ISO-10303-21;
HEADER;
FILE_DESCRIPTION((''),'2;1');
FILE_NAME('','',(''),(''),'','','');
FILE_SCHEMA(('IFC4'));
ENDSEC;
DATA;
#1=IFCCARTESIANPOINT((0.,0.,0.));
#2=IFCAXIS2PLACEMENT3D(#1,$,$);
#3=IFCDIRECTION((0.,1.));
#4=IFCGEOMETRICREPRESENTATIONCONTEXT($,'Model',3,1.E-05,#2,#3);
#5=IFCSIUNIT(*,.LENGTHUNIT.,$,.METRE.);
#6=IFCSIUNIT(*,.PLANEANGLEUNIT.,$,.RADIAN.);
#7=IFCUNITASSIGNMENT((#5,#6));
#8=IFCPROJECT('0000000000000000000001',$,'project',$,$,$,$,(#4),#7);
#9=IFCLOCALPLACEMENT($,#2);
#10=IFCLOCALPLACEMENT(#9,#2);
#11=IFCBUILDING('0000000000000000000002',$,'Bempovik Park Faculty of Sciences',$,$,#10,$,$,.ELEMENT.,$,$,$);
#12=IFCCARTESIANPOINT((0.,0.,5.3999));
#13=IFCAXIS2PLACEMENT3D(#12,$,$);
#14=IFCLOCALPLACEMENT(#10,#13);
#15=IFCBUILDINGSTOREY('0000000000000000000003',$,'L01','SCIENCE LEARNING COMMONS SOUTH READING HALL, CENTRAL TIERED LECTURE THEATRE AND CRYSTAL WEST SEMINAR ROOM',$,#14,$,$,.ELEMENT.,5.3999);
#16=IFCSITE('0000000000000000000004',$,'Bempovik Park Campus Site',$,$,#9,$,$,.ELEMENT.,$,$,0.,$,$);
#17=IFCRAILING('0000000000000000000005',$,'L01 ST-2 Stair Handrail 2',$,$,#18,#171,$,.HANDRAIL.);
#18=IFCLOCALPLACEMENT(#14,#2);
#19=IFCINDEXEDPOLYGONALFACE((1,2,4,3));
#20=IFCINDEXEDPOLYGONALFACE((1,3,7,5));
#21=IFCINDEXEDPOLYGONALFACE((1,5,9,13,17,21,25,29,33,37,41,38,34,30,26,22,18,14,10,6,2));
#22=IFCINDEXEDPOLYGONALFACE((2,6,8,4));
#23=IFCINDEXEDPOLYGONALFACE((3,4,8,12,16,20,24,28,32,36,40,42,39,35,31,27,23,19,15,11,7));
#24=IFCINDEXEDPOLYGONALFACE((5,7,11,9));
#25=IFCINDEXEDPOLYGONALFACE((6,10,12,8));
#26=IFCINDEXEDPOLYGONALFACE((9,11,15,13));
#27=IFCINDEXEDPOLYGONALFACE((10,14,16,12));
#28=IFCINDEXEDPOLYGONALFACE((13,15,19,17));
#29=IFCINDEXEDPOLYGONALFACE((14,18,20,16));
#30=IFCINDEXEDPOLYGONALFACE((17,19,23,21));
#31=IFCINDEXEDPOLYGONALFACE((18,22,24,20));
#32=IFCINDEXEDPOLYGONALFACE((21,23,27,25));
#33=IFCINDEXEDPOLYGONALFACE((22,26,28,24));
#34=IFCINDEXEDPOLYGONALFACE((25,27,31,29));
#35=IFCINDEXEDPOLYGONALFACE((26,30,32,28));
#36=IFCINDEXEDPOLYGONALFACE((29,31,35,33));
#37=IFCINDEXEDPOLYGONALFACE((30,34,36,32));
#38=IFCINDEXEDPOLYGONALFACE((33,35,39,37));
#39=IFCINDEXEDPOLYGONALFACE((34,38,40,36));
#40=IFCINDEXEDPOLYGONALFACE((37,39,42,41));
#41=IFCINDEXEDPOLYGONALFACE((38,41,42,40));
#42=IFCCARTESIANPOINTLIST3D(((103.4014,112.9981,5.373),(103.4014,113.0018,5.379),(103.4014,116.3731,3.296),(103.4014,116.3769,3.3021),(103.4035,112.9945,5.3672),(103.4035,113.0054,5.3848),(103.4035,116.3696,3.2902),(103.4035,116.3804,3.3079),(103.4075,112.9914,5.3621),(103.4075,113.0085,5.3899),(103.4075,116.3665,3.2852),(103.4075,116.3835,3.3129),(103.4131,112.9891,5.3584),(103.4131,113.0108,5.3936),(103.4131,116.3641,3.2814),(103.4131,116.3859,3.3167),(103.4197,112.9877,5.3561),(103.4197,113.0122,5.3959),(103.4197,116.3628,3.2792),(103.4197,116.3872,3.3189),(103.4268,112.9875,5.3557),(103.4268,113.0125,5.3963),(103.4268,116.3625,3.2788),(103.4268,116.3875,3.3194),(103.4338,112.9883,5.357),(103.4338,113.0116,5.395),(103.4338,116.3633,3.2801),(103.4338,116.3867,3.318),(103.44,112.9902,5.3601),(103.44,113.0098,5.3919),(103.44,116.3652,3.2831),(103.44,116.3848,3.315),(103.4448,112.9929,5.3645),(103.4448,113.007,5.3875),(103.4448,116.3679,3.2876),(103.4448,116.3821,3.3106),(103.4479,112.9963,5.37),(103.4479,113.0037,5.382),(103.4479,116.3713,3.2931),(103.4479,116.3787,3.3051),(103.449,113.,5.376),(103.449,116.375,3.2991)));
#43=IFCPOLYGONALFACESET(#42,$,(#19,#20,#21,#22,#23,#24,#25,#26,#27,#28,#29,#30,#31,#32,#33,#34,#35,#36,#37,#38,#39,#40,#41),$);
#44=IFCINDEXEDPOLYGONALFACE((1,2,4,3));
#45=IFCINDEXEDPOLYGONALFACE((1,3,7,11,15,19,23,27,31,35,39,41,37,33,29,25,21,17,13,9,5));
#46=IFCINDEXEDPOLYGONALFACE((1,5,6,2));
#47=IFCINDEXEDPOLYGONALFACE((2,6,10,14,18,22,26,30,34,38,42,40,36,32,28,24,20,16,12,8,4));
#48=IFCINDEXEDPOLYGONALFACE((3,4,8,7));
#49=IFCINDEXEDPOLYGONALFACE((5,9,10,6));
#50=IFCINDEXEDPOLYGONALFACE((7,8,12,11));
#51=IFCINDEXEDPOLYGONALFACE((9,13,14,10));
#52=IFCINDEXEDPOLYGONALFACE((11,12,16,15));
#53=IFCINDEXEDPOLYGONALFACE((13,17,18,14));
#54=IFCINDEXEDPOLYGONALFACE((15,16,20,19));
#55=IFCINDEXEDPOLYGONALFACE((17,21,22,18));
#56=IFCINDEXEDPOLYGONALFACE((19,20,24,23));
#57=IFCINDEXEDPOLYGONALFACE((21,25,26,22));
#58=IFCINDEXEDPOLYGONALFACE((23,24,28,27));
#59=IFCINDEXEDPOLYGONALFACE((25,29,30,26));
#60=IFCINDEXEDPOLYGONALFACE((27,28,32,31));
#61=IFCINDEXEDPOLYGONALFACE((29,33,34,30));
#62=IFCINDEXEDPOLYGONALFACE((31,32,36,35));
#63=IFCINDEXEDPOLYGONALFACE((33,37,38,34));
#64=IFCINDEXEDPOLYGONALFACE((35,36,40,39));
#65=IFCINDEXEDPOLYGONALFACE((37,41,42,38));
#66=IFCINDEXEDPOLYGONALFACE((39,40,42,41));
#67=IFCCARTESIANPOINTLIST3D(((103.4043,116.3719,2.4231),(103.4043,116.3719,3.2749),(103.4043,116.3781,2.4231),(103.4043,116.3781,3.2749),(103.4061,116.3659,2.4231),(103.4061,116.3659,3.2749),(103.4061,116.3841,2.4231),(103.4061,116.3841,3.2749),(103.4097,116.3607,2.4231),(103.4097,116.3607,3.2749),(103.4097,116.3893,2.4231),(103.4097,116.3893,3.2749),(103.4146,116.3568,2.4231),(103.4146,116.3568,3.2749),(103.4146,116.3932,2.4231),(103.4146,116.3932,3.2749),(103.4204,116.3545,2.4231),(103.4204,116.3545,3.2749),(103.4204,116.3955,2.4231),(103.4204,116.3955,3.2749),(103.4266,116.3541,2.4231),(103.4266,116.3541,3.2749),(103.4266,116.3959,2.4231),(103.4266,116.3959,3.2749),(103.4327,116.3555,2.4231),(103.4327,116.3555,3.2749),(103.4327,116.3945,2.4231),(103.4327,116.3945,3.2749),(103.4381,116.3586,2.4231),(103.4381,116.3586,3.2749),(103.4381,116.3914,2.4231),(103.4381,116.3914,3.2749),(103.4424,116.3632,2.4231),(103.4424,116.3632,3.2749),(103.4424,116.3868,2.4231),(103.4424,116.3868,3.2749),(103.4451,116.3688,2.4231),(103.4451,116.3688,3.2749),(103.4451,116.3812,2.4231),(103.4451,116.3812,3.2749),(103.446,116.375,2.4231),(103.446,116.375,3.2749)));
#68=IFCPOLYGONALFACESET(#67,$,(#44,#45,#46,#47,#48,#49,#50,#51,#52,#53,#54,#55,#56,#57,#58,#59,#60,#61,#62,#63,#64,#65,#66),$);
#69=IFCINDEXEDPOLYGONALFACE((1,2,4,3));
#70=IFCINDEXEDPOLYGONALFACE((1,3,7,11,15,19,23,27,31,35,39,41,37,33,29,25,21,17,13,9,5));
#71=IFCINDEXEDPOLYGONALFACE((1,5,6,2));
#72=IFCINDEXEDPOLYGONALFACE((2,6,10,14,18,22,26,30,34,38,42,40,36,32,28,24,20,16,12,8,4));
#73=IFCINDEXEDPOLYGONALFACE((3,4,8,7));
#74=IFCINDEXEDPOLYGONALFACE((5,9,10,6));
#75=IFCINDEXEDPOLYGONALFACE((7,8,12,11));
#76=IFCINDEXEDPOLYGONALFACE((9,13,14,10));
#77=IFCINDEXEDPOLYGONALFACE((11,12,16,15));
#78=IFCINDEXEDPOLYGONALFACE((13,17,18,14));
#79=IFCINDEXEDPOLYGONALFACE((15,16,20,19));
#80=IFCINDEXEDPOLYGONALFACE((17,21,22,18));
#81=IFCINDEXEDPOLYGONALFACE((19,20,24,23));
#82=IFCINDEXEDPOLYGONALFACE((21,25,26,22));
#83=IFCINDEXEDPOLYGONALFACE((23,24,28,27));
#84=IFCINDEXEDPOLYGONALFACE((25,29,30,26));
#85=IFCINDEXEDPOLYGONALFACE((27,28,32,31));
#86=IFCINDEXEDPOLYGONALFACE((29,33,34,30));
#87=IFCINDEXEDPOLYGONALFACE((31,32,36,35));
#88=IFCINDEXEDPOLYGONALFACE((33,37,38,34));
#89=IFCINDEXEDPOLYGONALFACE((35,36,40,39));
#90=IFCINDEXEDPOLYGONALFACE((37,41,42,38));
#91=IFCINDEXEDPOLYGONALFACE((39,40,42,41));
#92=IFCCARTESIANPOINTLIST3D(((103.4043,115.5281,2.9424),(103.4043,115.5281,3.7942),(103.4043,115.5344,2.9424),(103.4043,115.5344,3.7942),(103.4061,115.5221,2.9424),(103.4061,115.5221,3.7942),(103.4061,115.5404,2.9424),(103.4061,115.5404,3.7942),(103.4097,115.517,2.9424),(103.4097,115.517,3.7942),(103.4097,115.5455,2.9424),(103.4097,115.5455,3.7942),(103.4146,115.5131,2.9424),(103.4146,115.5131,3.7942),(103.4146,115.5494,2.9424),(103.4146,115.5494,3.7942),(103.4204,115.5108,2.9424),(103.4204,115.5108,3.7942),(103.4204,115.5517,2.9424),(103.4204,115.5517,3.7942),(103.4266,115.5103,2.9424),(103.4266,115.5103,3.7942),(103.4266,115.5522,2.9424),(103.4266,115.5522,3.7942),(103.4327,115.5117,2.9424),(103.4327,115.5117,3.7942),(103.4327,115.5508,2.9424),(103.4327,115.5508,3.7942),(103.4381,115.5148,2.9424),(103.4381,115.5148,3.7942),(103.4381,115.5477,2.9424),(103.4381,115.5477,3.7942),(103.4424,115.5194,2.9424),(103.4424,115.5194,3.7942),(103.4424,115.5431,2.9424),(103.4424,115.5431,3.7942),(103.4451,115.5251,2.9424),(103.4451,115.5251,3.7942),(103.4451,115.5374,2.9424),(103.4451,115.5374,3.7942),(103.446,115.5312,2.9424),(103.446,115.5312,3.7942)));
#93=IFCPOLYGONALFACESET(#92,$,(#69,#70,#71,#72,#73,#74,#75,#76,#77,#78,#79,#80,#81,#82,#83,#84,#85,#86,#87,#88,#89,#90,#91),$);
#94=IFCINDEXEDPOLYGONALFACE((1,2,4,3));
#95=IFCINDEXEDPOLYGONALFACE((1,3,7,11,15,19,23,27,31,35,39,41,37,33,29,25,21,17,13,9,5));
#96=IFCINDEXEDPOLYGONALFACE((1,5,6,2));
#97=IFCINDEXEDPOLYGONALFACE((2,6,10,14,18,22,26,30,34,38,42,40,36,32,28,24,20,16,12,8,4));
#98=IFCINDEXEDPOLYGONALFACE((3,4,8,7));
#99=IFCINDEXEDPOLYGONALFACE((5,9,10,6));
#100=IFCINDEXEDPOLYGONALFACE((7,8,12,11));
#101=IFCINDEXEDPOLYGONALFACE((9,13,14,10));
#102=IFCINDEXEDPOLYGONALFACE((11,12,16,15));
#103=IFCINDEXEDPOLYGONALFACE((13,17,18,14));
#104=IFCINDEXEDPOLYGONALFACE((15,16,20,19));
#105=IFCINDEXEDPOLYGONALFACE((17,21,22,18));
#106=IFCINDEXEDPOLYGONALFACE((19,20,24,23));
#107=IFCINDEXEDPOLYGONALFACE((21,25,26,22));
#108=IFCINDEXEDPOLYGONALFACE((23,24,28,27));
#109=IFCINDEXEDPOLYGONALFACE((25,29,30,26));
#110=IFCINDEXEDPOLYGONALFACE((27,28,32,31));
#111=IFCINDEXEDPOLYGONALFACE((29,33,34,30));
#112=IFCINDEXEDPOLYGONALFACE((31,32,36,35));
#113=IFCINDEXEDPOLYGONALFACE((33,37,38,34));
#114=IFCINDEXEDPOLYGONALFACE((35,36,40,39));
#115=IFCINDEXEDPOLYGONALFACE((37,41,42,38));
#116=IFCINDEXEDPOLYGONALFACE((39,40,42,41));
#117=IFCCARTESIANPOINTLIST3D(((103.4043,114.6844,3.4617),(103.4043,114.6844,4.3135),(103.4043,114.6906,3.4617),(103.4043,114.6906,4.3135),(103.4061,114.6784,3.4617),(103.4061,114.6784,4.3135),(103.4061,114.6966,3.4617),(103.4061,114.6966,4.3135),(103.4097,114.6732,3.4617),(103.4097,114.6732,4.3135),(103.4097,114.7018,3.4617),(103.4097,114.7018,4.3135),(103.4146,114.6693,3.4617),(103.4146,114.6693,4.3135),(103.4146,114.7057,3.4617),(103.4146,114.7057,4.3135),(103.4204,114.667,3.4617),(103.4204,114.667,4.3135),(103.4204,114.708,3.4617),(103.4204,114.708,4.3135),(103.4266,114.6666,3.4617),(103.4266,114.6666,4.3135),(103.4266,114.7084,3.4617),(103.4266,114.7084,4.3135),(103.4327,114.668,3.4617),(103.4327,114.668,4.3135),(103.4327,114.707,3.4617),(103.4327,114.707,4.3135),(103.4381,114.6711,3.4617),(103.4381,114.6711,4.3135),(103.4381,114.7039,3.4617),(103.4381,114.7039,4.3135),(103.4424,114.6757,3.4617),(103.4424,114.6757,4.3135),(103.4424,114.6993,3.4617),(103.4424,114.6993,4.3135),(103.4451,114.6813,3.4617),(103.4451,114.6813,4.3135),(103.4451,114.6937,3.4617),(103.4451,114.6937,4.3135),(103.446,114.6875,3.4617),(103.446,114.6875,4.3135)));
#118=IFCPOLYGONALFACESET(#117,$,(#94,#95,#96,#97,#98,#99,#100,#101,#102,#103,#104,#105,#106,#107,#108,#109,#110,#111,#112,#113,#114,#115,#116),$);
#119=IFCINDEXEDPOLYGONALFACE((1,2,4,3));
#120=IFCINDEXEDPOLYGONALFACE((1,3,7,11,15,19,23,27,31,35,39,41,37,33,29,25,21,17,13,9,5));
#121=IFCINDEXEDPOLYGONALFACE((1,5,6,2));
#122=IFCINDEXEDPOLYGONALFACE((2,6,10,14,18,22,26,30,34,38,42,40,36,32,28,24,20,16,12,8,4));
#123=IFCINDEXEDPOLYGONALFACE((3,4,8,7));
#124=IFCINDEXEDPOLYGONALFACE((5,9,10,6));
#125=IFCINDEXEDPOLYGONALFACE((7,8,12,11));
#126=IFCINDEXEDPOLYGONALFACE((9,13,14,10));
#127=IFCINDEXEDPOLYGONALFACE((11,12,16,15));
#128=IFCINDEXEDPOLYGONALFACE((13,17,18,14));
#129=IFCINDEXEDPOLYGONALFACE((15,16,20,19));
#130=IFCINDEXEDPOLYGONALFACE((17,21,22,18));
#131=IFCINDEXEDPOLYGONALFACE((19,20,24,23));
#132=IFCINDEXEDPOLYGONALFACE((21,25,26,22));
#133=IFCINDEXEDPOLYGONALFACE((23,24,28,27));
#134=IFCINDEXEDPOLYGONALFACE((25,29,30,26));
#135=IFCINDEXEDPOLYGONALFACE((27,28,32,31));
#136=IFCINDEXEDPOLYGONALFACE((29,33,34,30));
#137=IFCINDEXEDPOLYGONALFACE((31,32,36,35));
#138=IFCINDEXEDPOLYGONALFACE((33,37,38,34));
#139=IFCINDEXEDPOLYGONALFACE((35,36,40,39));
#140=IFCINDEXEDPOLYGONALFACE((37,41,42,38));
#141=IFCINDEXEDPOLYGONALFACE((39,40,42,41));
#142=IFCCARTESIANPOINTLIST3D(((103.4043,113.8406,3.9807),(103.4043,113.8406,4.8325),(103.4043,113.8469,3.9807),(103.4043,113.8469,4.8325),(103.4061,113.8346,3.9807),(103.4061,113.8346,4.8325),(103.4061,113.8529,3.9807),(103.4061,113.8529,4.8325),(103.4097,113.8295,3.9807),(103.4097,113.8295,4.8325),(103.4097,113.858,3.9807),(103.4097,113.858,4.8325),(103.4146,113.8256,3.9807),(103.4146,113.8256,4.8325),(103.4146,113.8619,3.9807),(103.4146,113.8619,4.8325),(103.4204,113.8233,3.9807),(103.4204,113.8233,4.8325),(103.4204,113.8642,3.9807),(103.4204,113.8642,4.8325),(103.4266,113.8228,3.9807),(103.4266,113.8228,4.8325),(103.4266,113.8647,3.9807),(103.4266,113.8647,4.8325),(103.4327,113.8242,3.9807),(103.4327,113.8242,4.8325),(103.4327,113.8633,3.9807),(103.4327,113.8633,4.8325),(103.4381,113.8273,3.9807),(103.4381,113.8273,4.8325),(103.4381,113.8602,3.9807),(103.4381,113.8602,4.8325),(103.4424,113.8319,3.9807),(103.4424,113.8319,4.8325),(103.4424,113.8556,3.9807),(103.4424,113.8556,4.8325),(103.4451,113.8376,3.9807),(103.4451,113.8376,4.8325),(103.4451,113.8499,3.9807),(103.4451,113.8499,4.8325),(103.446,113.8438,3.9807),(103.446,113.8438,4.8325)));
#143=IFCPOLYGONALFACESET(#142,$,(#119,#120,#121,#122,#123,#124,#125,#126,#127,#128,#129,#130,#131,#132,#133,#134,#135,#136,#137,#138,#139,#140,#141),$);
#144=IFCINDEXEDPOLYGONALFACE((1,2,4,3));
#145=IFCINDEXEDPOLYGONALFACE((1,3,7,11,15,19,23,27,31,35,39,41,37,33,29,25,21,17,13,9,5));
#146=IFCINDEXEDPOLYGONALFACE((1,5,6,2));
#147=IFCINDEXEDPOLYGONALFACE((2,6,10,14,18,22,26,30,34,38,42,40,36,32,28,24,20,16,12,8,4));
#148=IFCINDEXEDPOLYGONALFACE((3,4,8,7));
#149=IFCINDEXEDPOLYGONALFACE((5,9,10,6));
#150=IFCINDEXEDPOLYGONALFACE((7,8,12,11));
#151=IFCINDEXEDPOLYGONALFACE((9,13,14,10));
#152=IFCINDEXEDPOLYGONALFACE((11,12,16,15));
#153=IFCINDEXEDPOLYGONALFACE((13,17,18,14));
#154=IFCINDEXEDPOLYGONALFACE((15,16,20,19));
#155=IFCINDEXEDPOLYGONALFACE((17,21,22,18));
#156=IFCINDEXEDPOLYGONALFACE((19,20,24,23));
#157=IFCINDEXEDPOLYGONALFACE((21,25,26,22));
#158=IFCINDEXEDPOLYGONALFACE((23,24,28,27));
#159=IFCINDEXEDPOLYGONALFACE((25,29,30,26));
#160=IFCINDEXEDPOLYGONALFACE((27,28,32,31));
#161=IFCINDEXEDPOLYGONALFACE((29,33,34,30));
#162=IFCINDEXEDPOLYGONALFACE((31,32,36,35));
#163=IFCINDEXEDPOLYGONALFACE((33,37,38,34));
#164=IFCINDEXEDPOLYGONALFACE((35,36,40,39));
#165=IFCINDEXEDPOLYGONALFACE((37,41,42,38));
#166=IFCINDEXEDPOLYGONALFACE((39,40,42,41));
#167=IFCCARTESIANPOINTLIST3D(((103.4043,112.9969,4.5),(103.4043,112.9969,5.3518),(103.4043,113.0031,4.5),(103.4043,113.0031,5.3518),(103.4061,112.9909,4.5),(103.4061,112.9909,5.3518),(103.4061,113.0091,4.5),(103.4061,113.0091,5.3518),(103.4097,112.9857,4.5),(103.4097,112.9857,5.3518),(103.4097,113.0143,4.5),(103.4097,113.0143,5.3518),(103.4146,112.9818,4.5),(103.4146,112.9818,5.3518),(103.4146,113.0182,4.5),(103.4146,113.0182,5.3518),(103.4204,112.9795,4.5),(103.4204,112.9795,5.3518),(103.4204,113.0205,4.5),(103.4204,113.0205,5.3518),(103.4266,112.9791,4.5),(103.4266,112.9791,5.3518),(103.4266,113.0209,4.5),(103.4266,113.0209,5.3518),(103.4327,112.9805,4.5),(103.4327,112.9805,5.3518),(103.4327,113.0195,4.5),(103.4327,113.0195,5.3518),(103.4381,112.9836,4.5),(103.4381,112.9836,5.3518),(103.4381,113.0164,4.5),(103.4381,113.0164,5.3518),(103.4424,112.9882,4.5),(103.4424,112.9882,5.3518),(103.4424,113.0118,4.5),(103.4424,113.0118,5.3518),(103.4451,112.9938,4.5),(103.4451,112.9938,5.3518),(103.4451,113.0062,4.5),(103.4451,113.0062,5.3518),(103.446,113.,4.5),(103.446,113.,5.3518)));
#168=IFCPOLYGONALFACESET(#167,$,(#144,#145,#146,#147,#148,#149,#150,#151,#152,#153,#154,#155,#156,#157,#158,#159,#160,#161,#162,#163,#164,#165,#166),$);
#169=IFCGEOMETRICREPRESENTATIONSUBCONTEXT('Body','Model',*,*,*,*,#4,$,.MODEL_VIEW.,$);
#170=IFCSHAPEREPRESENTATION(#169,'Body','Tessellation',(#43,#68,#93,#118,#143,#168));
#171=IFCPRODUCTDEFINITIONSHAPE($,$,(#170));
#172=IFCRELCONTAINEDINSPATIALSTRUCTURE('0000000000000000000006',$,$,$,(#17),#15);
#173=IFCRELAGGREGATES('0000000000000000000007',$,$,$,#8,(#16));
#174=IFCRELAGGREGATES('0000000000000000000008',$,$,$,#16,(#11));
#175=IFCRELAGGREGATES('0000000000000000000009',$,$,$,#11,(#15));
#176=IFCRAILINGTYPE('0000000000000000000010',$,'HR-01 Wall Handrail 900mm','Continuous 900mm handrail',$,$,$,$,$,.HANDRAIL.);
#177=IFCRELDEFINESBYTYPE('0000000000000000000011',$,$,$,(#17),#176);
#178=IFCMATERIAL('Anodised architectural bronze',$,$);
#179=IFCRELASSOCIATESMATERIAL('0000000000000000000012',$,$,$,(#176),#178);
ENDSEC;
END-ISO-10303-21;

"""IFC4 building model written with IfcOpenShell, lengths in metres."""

from ifc_helpers import new_model, si_unit, direction, frame, origin, origin_2d, place, context, subcontext, project, spatial, circle, extrude, material, type_object, element, save


model = new_model("IFC4")

# Units and contexts
model_context = context("Model", 3, precision=1e-05, world=origin(), true_north=direction((0.0, 1.0)))
body_context = subcontext(model_context, "Body", "Model", "MODEL_VIEW")
ifc_project = project(units=[si_unit("LENGTHUNIT", "METRE"), si_unit("PLANEANGLEUNIT", "RADIAN")], contexts=[model_context])

# Site, building, storey
site_placement = place(None, origin())
site = spatial("IfcSite", under=ifc_project, at=site_placement, Name="Bempovik Park Campus Site", CompositionType="ELEMENT", RefElevation=0.0)
building_placement = place(site_placement, origin())
building = spatial("IfcBuilding", under=site, at=building_placement, Name="Bempovik Park Faculty of Sciences", CompositionType="ELEMENT")
storey_placement = place(building_placement, frame((0.0, 0.0, 5.3999)))
storey = spatial("IfcBuildingStorey", under=building, at=storey_placement, Name="L01", Description="SCIENCE LEARNING COMMONS SOUTH READING HALL, CENTRAL TIERED LECTURE THEATRE AND CRYSTAL WEST SEMINAR ROOM", CompositionType="ELEMENT", Elevation=5.3999)

# Railing
ifc_material_1 = material(Name="Anodised architectural bronze")
railing_type_1 = type_object("IfcRailingType", Name="HR-01 Wall Handrail 900mm", Description="Continuous 900mm handrail", PredefinedType="HANDRAIL", material=ifc_material_1)
railing_1_placement = place(storey_placement, frame((103.425, 116.375, 2.4231)))
element("IfcRailing", 1, at=railing_1_placement, inside=storey, type_object=railing_type_1, Name="L01 ST-2 Stair Handrail 2", PredefinedType="HANDRAIL", context=body_context, shape_type="SweptSolid", body=[
    extrude(circle(Radius=0.0239, at=origin_2d()), frame((0.0, 0.0, 0.876), z_axis=(0.0, -0.85166, 0.524094), x_axis=(1.0, 0.0, 0.0)), (0.0, 0.0, 1.0), 3.9629),
    extrude(circle(Radius=0.021, at=origin_2d()), origin(), (0.0, 0.0, 1.0), 0.8518),
    extrude(circle(Radius=0.021, at=origin_2d()), frame((0.0, -0.8438, 0.5193)), (0.0, 0.0, 1.0), 0.8518),
    extrude(circle(Radius=0.021, at=origin_2d()), frame((0.0, -1.6875, 1.0386)), (0.0, 0.0, 1.0), 0.8518),
    extrude(circle(Radius=0.021, at=origin_2d()), frame((0.0, -2.5312, 1.5576)), (0.0, 0.0, 1.0), 0.8518),
    extrude(circle(Radius=0.021, at=origin_2d()), frame((0.0, -3.375, 2.0769)), (0.0, 0.0, 1.0), 0.8518),
])

save(model, "model.ifc")
